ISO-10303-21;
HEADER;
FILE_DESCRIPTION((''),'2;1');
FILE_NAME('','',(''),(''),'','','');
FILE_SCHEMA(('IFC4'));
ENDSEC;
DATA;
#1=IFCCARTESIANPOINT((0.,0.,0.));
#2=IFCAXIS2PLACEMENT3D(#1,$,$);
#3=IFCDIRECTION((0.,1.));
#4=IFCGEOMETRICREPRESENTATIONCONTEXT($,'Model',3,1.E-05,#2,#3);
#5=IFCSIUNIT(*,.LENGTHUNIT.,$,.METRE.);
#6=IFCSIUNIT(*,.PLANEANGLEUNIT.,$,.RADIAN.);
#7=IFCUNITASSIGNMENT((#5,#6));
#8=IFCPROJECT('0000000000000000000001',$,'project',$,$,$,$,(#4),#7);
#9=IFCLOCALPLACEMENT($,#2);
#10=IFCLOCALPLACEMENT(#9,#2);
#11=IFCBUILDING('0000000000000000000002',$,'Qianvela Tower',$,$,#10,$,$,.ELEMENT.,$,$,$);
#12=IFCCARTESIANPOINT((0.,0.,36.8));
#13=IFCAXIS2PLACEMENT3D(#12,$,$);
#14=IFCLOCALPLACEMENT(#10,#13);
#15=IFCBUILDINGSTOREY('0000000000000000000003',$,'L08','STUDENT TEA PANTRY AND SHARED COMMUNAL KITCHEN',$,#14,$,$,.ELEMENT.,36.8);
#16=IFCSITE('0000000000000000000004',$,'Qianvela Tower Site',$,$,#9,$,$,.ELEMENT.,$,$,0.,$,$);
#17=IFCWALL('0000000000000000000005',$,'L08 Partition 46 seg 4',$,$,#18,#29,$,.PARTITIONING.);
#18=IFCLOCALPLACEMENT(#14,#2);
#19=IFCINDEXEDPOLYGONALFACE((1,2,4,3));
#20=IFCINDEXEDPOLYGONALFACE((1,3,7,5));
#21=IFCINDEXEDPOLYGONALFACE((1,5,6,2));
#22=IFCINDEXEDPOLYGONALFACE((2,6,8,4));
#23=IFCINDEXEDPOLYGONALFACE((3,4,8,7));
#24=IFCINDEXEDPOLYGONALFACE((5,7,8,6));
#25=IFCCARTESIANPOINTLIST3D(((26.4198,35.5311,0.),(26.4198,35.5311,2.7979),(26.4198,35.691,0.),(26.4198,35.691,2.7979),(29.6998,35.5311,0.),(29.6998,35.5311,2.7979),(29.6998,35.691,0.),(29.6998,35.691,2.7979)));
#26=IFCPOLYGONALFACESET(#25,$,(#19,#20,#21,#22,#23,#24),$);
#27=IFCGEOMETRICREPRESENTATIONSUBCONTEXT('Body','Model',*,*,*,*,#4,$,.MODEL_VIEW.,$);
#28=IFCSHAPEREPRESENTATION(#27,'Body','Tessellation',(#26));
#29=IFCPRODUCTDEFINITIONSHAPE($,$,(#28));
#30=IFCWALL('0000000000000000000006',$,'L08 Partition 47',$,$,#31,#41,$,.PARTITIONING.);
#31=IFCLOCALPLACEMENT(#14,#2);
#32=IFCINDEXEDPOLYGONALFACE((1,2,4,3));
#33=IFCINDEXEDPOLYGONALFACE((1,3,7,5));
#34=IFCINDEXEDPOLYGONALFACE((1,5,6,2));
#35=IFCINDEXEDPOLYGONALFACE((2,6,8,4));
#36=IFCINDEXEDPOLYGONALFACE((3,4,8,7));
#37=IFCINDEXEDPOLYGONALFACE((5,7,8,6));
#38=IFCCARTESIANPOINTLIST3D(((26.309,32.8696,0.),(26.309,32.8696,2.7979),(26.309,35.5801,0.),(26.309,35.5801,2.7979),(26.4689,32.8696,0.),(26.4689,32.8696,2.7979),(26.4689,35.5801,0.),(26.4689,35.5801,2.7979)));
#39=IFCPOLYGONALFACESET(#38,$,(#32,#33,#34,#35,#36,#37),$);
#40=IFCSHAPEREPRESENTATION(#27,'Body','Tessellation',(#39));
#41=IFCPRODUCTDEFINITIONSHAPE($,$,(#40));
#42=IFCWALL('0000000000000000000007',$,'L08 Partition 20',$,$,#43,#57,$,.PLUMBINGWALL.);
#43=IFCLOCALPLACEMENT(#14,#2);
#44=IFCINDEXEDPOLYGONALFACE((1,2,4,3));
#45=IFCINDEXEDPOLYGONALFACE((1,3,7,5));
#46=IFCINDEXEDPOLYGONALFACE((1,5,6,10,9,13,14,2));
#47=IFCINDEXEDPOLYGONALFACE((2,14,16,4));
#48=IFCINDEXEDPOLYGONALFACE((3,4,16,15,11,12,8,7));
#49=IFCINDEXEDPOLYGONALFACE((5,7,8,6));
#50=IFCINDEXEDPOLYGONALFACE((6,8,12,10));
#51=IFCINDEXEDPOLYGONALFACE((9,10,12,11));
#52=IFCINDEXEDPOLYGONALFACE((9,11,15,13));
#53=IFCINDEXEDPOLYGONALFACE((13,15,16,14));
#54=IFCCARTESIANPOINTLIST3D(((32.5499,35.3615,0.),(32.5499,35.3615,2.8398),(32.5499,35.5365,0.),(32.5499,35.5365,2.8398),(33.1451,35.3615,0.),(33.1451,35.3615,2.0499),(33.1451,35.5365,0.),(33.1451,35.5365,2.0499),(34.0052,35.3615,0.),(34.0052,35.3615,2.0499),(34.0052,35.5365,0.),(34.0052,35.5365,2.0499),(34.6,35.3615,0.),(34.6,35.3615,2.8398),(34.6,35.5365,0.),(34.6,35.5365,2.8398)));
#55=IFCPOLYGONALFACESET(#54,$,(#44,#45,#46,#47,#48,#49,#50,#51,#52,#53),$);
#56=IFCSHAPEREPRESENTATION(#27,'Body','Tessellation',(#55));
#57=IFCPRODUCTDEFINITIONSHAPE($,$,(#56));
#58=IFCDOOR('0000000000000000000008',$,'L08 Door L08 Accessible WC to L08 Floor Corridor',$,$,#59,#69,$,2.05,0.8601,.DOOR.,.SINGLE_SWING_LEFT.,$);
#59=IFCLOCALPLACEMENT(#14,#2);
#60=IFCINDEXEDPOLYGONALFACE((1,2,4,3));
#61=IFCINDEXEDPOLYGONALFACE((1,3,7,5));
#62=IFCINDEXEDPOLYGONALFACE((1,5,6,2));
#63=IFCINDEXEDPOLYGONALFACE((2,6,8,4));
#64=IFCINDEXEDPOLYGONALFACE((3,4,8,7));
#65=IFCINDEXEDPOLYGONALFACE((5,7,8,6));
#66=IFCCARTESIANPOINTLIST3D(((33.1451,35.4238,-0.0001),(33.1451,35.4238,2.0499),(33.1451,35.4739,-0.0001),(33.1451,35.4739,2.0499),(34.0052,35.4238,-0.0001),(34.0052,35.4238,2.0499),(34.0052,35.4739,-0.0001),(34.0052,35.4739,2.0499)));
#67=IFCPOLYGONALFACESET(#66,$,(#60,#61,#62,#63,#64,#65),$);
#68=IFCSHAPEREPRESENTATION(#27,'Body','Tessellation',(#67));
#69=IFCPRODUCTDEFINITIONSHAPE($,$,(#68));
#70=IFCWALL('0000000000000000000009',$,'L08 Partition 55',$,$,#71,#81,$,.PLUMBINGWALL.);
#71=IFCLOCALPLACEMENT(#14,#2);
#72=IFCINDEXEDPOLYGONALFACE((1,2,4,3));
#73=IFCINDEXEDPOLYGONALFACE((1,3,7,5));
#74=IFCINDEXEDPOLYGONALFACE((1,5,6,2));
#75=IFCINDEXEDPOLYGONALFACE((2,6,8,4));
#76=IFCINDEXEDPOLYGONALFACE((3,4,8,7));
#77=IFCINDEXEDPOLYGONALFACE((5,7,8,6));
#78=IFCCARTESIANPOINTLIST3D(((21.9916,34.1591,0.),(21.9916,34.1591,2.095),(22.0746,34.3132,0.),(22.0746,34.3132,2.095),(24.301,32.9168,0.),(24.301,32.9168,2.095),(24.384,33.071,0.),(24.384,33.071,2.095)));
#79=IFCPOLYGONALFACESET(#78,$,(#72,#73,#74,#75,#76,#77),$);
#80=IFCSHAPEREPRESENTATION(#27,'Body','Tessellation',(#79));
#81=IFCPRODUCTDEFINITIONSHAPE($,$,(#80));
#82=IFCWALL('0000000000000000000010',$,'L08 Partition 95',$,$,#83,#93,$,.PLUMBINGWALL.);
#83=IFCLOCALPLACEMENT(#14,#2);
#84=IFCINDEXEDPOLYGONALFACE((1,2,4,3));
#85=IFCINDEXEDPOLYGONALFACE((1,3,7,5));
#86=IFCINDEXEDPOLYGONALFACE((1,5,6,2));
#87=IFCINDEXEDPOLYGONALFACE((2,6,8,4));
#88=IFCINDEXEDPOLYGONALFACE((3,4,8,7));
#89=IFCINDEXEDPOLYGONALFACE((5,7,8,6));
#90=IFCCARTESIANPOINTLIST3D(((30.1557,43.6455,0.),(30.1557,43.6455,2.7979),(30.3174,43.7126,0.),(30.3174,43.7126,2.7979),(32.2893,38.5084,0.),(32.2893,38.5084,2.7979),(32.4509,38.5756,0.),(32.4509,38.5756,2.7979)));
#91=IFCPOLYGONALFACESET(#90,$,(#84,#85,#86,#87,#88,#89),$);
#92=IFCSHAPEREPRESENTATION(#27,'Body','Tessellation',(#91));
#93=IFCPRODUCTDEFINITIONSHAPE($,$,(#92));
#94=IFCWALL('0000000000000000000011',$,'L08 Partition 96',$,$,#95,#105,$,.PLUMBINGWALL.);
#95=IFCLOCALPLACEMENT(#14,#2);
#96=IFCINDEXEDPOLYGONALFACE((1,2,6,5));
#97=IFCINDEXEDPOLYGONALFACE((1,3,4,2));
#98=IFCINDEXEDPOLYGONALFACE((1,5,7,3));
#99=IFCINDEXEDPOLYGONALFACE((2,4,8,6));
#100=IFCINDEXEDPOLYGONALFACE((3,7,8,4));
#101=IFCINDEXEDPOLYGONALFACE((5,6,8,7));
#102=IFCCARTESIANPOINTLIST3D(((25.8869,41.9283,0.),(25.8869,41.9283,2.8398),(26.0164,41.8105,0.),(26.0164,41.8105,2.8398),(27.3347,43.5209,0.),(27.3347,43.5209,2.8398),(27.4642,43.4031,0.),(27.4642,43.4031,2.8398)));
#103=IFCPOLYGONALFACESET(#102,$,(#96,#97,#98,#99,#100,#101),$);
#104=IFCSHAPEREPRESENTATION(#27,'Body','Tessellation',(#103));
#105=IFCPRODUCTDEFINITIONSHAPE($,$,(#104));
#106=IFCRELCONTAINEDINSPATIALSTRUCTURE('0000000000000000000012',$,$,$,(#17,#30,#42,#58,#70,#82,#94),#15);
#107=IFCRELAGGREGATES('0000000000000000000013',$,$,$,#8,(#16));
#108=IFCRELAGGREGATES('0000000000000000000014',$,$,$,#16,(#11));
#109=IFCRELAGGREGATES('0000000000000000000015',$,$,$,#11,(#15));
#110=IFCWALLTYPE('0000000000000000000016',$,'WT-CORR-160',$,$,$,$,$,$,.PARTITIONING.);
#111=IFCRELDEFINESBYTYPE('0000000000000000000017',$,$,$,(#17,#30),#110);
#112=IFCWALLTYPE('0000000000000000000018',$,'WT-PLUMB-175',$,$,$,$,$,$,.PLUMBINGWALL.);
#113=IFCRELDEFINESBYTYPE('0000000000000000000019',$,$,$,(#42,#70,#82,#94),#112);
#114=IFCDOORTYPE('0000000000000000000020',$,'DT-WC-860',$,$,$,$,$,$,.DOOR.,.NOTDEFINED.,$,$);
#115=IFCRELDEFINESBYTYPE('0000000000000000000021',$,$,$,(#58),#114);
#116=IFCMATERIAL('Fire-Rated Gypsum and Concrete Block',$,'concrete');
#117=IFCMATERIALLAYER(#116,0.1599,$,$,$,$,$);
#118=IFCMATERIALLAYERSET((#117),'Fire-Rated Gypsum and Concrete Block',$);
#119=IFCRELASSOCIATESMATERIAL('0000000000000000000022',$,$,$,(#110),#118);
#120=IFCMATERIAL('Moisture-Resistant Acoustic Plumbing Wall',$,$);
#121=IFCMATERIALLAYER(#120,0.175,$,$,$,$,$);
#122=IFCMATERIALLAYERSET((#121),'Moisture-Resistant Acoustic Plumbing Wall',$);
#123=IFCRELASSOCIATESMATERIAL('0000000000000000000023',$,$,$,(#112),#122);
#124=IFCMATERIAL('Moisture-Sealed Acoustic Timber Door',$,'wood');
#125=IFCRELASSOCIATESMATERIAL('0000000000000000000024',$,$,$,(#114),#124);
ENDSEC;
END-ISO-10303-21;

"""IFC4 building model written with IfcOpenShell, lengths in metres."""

from ifc_helpers import new_model, si_unit, direction, frame, frame_2d, origin, place, context, subcontext, project, spatial, rectangle, extrude, material, layer, layer_set, type_object, element, fill, save


model = new_model("IFC4")

# Units and contexts
model_context = context("Model", 3, precision=1e-05, world=origin(), true_north=direction((0.0, 1.0)))
body_context = subcontext(model_context, "Body", "Model", "MODEL_VIEW")
ifc_project = project(units=[si_unit("LENGTHUNIT", "METRE"), si_unit("PLANEANGLEUNIT", "RADIAN")], contexts=[model_context])

# Site, building, storey
site_placement = place(None, origin())
site = spatial("IfcSite", under=ifc_project, at=site_placement, Name="Qianvela Tower Site", CompositionType="ELEMENT", RefElevation=0.0)
building_placement = place(site_placement, origin())
building = spatial("IfcBuilding", under=site, at=building_placement, Name="Qianvela Tower", CompositionType="ELEMENT")
storey_placement = place(building_placement, frame((0.0, 0.0, 36.8)))
storey = spatial("IfcBuildingStorey", under=building, at=storey_placement, Name="L08", Description="STUDENT TEA PANTRY AND SHARED COMMUNAL KITCHEN", CompositionType="ELEMENT", Elevation=36.8)

# Shared definitions
ifc_material_1 = material(Name="Fire-Rated Gypsum and Concrete Block", Category="concrete")
ifc_layer_1 = layer(ifc_material_1, 0.1599)
ifc_layer_set_1 = layer_set([ifc_layer_1], Name="Fire-Rated Gypsum and Concrete Block")
wall_type_1 = type_object("IfcWallType", Name="WT-CORR-160", PredefinedType="PARTITIONING", material=ifc_layer_set_1)

# Walls
wall_1_placement = place(storey_placement, frame((29.7, 35.6111, 0.0), z_axis=(0.0, 0.0, 1.0), x_axis=(-1.0, 0.0, 0.0)))
element("IfcWall", 1, at=wall_1_placement, inside=storey, type_object=wall_type_1, Name="L08 Partition 46 seg 4", PredefinedType="PARTITIONING", context=body_context, shape_type="SweptSolid", body=[
    extrude(rectangle(XDim=3.28, YDim=0.1599, at=frame_2d((1.6401, 0.0))), origin(), (0.0, 0.0, 1.0), 2.7979),
])
wall_2_placement = place(storey_placement, frame((26.3889, 35.5801, 0.0), z_axis=(0.0, 0.0, 1.0), x_axis=(0.0, -1.0, 0.0)))
element("IfcWall", 2, at=wall_2_placement, inside=storey, type_object=wall_type_1, Name="L08 Partition 47", PredefinedType="PARTITIONING", context=body_context, shape_type="SweptSolid", body=[
    extrude(rectangle(XDim=2.7104, YDim=0.1599, at=frame_2d((1.3552, 0.0))), origin(), (0.0, 0.0, 1.0), 2.7979),
])

# Wall, opening, door
ifc_material_2 = material(Name="Moisture-Resistant Acoustic Plumbing Wall")
ifc_layer_2 = layer(ifc_material_2, 0.175)
ifc_layer_set_2 = layer_set([ifc_layer_2], Name="Moisture-Resistant Acoustic Plumbing Wall")
wall_type_2 = type_object("IfcWallType", Name="WT-PLUMB-175", PredefinedType="PLUMBINGWALL", material=ifc_layer_set_2)
wall_3_placement = place(storey_placement, frame((32.55, 35.449, 0.0), z_axis=(0.0, 0.0, 1.0), x_axis=(1.0, 0.0, 0.0)))
wall_3 = element("IfcWall", 3, at=wall_3_placement, inside=storey, type_object=wall_type_2, Name="L08 Partition 20", PredefinedType="PLUMBINGWALL", context=body_context, shape_type="SweptSolid", body=[
    extrude(rectangle(XDim=2.05, YDim=0.175, at=frame_2d((1.0249, 0.0))), origin(), (0.0, 0.0, 1.0), 2.8398),
])
opening_1_placement = place(wall_3_placement, frame((0.595, 0.0, 0.0)))
opening_1 = element("IfcOpeningElement", 4, at=opening_1_placement, cuts=wall_3, PredefinedType="OPENING", context=body_context, shape_type="SweptSolid", body=[
    extrude(rectangle(XDim=0.8601, YDim=2.05, at=frame_2d((0.4302, 1.0249))), frame((0.0, 0.0974, 0.0), z_axis=(0.0, -1.0, 0.0), x_axis=(1.0, 0.0, 0.0)), (0.0, 0.0, 1.0), 0.1951),
])
ifc_material_3 = material(Name="Moisture-Sealed Acoustic Timber Door", Category="wood")
door_type_1 = type_object("IfcDoorType", Name="DT-WC-860", OperationType="NOTDEFINED", PredefinedType="DOOR", material=ifc_material_3)
door_1_placement = place(opening_1_placement, origin())
door_1 = element("IfcDoor", 5, at=door_1_placement, inside=storey, type_object=door_type_1, Name="L08 Door L08 Accessible WC to L08 Floor Corridor", OperationType="SINGLE_SWING_LEFT", OverallHeight=2.05, OverallWidth=0.8601, PredefinedType="DOOR", context=body_context, shape_type="SweptSolid", body=[
    extrude(rectangle(XDim=0.8601, YDim=2.05, at=frame_2d((0.4302, 1.0249))), frame((0.0, 0.0249, 0.0), z_axis=(0.0, -1.0, 0.0), x_axis=(1.0, 0.0, 0.0)), (0.0, 0.0, 1.0), 0.05),
])
fill(opening_1, door_1)

# Walls
wall_4_placement = place(storey_placement, frame((22.0332, 34.2361, 0.0), z_axis=(0.0, 0.0, 1.0), x_axis=(0.880677, -0.473717, 0.0)))
element("IfcWall", 6, at=wall_4_placement, inside=storey, type_object=wall_type_2, Name="L08 Partition 55", PredefinedType="PLUMBINGWALL", context=body_context, shape_type="SweptSolid", body=[
    extrude(rectangle(XDim=2.6223, YDim=0.175, at=frame_2d((1.311, 0.0))), origin(), (0.0, 0.0, 1.0), 2.095),
])
wall_5_placement = place(storey_placement, frame((32.3701, 38.542, 0.0), z_axis=(0.0, 0.0, 1.0), x_axis=(-0.383565, 0.923514, 0.0)))
element("IfcWall", 7, at=wall_5_placement, inside=storey, type_object=wall_type_2, Name="L08 Partition 95", PredefinedType="PLUMBINGWALL", context=body_context, shape_type="SweptSolid", body=[
    extrude(rectangle(XDim=5.5625, YDim=0.175, at=frame_2d((2.7812, 0.0))), origin(), (0.0, 0.0, 1.0), 2.7979),
])
wall_6_placement = place(storey_placement, frame((25.9517, 41.8694, 0.0), z_axis=(0.0, 0.0, 1.0), x_axis=(0.672673, 0.73994, 0.0)))
element("IfcWall", 8, at=wall_6_placement, inside=storey, type_object=wall_type_2, Name="L08 Partition 96", PredefinedType="PLUMBINGWALL", context=body_context, shape_type="SweptSolid", body=[
    extrude(rectangle(XDim=2.1523, YDim=0.175, at=frame_2d((1.0762, 0.0))), origin(), (0.0, 0.0, 1.0), 2.8398),
])

save(model, "model.ifc")
